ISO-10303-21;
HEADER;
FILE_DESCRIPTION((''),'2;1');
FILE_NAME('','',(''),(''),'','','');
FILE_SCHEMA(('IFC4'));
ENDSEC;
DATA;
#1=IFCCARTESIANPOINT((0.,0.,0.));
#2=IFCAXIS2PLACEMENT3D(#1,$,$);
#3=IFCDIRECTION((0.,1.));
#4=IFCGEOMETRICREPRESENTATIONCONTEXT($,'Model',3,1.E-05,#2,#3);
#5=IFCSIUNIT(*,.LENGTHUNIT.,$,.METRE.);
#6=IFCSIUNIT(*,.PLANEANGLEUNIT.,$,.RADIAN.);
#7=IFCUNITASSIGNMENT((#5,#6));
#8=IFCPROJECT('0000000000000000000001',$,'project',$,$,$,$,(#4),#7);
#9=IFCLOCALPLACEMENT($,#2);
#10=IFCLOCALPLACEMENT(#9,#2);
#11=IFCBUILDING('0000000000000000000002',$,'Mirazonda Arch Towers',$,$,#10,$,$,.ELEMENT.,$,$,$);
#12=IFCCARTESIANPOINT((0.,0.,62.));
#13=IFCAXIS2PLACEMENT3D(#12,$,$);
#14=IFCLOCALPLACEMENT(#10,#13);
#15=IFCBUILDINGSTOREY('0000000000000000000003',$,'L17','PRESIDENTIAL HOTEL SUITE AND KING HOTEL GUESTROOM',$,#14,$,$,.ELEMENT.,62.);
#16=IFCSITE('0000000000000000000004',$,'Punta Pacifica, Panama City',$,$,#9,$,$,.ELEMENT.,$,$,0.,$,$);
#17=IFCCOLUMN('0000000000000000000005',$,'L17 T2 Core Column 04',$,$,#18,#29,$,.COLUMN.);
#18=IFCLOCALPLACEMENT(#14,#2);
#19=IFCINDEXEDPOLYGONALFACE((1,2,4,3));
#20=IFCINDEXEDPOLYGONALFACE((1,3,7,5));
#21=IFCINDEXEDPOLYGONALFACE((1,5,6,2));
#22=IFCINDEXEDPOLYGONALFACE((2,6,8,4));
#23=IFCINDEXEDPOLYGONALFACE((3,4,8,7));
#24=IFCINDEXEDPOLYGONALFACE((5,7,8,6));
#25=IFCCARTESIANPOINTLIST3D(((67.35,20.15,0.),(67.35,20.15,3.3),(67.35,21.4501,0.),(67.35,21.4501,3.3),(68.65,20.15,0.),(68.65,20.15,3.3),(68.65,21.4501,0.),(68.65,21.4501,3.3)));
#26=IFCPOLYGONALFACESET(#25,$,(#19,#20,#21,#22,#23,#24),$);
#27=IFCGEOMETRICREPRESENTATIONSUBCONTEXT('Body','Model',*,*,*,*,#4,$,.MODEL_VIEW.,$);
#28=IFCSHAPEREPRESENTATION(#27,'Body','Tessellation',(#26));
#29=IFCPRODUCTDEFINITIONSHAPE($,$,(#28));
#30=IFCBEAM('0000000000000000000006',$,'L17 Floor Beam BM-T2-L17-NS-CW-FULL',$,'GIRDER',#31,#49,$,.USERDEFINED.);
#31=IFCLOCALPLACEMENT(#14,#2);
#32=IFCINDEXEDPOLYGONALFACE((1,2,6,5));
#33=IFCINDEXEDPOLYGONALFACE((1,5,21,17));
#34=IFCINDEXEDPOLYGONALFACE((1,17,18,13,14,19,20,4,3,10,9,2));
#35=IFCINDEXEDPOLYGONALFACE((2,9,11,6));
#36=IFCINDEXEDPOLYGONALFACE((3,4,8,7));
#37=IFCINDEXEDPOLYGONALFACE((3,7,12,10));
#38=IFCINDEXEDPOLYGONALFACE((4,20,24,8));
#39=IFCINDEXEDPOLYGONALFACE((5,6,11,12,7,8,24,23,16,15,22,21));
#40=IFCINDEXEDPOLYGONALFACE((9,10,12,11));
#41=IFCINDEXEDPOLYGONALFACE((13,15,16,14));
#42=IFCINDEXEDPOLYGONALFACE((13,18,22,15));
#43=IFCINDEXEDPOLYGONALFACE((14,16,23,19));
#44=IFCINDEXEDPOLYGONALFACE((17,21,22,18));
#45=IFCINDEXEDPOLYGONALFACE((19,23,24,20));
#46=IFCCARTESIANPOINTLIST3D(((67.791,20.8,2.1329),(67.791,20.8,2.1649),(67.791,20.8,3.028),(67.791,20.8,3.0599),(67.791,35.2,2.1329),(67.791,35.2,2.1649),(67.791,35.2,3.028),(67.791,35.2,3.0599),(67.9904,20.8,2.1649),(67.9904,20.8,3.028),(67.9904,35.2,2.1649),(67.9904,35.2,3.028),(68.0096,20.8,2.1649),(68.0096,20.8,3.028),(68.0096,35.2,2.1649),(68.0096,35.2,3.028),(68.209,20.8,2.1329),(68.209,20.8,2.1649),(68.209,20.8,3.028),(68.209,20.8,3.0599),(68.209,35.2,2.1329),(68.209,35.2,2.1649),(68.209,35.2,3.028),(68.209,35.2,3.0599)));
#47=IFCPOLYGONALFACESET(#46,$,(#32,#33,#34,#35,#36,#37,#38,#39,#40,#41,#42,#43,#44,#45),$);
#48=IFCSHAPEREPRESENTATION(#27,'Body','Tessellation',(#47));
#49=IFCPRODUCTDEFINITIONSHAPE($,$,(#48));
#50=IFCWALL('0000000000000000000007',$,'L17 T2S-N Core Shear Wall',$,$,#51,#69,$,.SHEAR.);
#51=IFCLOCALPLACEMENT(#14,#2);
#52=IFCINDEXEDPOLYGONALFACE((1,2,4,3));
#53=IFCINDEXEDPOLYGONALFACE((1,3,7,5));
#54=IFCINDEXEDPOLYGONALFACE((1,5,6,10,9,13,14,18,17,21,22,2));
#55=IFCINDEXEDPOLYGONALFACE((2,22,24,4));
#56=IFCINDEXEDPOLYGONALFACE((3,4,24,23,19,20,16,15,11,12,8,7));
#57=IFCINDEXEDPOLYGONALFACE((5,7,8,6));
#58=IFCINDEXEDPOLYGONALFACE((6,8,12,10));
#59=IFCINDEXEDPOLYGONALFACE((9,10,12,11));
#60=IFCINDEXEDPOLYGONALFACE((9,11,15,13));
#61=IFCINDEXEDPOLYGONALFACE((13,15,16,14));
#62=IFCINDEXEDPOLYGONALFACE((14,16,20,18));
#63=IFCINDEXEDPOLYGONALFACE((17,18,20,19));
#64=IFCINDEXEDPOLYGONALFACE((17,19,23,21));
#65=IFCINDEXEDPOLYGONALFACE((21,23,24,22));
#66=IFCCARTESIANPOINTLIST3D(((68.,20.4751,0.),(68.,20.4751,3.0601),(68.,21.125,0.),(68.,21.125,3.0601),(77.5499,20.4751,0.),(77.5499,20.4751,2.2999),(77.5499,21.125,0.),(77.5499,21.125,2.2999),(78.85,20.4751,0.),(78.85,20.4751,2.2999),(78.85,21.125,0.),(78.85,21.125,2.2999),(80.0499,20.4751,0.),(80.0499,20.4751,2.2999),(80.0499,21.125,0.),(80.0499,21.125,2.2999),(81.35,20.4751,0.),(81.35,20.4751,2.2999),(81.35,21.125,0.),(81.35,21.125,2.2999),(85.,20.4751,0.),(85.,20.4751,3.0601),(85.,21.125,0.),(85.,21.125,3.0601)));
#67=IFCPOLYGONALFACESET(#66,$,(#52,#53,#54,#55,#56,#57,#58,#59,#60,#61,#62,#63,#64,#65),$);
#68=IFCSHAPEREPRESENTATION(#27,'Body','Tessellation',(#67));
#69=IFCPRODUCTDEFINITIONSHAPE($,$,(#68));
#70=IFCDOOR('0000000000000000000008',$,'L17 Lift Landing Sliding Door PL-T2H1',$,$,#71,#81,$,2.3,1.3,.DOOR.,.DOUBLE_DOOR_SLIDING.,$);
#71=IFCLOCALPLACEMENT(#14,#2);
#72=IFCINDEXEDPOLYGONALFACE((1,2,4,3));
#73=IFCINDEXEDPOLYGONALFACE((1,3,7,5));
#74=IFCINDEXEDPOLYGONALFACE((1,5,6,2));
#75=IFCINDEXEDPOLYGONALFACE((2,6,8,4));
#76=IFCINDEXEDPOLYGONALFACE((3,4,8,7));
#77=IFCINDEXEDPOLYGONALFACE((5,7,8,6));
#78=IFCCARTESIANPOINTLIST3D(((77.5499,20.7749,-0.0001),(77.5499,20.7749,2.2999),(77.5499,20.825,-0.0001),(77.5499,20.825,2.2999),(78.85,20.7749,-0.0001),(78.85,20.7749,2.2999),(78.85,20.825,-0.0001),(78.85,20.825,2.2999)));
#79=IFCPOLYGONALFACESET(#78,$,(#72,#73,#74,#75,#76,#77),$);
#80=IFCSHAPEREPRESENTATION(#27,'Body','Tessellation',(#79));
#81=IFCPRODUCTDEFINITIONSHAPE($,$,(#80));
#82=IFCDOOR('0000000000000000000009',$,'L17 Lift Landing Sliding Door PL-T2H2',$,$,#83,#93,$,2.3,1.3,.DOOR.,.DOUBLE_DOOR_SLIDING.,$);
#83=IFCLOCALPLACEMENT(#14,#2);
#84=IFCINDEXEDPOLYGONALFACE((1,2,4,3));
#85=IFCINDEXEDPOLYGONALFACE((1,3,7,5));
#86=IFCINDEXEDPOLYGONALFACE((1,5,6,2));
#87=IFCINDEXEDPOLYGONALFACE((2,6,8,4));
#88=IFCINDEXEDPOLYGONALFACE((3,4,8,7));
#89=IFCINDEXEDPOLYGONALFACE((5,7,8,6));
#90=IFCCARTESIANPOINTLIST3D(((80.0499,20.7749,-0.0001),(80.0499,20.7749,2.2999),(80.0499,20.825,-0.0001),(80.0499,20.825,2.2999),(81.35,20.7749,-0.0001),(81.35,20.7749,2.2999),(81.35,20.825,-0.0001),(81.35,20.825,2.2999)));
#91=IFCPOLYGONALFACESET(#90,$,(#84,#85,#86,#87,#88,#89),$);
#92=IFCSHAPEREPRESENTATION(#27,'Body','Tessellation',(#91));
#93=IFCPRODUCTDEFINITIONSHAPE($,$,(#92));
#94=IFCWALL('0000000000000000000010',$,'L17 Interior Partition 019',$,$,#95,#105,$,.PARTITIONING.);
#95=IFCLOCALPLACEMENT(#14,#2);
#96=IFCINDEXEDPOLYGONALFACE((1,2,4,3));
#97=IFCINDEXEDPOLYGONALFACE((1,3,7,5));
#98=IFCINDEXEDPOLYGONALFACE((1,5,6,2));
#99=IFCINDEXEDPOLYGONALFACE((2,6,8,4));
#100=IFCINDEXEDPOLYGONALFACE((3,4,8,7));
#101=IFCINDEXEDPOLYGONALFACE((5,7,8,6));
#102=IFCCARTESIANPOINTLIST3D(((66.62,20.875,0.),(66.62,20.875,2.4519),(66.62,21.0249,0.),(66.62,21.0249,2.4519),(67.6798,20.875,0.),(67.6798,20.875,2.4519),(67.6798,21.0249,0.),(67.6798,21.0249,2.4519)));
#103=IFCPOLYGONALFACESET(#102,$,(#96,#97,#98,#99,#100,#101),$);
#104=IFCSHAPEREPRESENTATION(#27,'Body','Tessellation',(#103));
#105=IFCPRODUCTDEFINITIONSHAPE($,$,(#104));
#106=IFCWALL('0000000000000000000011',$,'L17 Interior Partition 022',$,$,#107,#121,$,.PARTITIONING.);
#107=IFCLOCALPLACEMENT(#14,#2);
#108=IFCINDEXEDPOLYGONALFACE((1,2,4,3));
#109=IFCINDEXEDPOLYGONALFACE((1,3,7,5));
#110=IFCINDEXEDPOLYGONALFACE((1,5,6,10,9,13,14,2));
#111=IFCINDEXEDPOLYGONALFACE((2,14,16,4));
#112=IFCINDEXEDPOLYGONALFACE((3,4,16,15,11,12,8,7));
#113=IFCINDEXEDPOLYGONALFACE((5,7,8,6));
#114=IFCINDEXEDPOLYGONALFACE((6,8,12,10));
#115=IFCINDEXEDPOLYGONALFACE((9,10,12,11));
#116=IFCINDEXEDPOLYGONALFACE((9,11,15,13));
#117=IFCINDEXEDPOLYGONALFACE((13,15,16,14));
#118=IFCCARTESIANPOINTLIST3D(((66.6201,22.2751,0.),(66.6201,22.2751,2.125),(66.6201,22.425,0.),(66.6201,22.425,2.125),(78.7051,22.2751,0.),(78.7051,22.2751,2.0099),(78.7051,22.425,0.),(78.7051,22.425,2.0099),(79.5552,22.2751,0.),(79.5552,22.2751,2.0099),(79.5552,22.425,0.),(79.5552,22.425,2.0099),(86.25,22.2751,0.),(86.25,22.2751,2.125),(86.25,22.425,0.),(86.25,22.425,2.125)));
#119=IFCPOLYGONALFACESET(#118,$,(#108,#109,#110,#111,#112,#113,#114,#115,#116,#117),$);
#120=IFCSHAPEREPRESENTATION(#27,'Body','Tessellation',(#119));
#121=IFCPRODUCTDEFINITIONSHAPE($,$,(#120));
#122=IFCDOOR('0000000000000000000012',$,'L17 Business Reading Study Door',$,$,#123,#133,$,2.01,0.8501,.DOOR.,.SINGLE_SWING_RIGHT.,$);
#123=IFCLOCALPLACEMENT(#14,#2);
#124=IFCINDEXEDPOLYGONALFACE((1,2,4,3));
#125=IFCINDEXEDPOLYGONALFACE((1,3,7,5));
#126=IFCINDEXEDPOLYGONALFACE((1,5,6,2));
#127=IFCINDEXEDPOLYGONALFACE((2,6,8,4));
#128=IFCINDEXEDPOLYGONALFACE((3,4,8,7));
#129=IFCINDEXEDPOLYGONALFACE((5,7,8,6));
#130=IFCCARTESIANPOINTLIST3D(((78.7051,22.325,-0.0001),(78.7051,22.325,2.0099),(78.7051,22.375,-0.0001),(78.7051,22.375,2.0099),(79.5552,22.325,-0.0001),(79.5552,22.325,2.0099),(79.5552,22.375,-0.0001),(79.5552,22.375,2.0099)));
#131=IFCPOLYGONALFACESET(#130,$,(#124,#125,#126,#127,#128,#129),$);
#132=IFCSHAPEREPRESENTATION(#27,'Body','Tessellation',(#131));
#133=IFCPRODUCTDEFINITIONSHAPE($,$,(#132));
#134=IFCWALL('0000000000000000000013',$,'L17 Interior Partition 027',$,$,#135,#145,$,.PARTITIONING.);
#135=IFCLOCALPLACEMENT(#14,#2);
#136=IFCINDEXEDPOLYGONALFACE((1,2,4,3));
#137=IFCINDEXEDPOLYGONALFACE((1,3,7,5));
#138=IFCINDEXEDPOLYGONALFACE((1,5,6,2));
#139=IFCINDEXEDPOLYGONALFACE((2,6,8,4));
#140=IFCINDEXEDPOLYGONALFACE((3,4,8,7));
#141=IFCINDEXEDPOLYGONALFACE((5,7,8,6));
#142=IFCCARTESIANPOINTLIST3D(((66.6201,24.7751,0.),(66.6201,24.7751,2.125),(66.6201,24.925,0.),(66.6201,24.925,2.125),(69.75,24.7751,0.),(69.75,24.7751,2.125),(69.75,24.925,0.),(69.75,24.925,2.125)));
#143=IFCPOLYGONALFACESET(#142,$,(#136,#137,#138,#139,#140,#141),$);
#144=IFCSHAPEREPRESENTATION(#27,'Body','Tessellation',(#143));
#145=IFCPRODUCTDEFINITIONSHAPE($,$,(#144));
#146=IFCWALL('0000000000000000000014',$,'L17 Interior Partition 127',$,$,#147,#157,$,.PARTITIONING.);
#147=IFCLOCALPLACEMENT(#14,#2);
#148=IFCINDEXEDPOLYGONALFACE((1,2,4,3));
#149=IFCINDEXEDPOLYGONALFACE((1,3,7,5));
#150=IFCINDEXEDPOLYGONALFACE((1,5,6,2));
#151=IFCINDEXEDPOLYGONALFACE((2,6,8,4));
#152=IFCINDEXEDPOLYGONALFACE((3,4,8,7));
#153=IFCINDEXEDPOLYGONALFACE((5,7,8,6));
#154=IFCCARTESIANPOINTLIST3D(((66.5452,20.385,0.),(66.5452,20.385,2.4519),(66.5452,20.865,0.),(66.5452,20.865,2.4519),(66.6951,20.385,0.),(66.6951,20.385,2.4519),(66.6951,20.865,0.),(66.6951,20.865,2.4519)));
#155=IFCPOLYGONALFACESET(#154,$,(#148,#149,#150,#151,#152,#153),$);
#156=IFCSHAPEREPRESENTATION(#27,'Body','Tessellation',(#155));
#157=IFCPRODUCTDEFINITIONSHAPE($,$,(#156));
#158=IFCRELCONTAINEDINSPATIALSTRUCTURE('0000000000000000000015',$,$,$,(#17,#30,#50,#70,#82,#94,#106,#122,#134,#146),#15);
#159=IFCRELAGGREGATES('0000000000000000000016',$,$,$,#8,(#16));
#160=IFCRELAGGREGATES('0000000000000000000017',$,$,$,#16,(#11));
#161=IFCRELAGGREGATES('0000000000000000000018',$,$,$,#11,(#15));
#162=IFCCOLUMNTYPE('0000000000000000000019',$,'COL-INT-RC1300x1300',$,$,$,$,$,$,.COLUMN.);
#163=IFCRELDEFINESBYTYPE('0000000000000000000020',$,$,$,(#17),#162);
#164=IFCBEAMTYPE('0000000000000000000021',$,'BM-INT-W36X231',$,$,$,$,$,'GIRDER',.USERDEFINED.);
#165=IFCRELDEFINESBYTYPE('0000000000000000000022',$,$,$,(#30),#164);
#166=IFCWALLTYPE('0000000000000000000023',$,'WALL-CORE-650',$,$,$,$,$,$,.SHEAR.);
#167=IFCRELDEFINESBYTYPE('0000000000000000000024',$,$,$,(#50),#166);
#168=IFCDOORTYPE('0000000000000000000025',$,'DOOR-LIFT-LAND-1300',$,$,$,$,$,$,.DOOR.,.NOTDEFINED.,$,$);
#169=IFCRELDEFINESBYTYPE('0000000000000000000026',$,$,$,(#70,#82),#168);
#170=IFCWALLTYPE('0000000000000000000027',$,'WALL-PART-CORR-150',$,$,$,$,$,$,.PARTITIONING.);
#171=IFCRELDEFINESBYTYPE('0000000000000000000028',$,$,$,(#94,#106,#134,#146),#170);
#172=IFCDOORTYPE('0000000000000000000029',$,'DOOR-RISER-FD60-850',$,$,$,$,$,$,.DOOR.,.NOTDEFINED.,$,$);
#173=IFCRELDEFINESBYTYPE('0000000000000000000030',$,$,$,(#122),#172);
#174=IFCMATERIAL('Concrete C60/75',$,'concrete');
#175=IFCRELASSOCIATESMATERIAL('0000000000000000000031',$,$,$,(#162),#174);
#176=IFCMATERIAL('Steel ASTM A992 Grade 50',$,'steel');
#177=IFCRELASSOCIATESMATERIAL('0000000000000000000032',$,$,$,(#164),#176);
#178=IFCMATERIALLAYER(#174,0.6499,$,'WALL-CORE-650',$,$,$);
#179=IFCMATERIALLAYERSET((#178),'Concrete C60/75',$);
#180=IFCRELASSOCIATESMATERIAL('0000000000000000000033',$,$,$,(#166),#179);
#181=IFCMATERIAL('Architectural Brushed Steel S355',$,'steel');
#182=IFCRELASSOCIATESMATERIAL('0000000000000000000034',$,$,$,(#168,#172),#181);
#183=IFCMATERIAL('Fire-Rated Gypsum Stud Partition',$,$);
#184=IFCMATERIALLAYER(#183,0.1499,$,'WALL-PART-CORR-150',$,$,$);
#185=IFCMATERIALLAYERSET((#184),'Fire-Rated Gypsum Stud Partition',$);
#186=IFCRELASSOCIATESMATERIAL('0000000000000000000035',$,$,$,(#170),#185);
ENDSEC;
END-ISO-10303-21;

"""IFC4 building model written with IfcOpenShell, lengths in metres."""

from ifc_helpers import new_model, si_unit, direction, frame, frame_2d, origin, origin_2d, place, context, subcontext, project, spatial, rectangle, i_section, extrude, material, layer, layer_set, material_profile, profile_set, type_object, element, fill, save


model = new_model("IFC4")

# Units and contexts
model_context = context("Model", 3, precision=1e-05, world=origin(), true_north=direction((0.0, 1.0)))
body_context = subcontext(model_context, "Body", "Model", "MODEL_VIEW")
ifc_project = project(units=[si_unit("LENGTHUNIT", "METRE"), si_unit("PLANEANGLEUNIT", "RADIAN")], contexts=[model_context])

# Site, building, storey
site_placement = place(None, origin())
site = spatial("IfcSite", under=ifc_project, at=site_placement, Name="Punta Pacifica, Panama City", CompositionType="ELEMENT", RefElevation=0.0)
building_placement = place(site_placement, origin())
building = spatial("IfcBuilding", under=site, at=building_placement, Name="Mirazonda Arch Towers", CompositionType="ELEMENT")
storey_placement = place(building_placement, frame((0.0, 0.0, 62.0)))
storey = spatial("IfcBuildingStorey", under=building, at=storey_placement, Name="L17", Description="PRESIDENTIAL HOTEL SUITE AND KING HOTEL GUESTROOM", CompositionType="ELEMENT", Elevation=62.0)

# Column
ifc_material_1 = material(Name="Concrete C60/75", Category="concrete")
ifc_material_profile_1 = material_profile(ifc_material_1, rectangle(XDim=1.3, YDim=1.3, at=origin_2d()), Name="RC1300x1300")
ifc_profile_set_1 = profile_set([ifc_material_profile_1], Name="Concrete C60/75")
column_type = type_object("IfcColumnType", Name="COL-INT-RC1300x1300", PredefinedType="COLUMN", material=ifc_profile_set_1)
column_placement = place(storey_placement, frame((68.0, 20.8, 0.0), z_axis=(0.0, 0.0, 1.0), x_axis=(1.0, 0.0, 0.0)))
element("IfcColumn", 1, at=column_placement, inside=storey, type_object=column_type, Name="L17 T2 Core Column 04", PredefinedType="COLUMN", context=body_context, shape_type="SweptSolid", body=[
    extrude(rectangle(XDim=1.3, YDim=1.3, at=origin_2d()), origin(), (0.0, 0.0, 1.0), 3.3),
])

# Beam
ifc_material_2 = material(Name="Steel ASTM A992 Grade 50", Category="steel")
ifc_material_profile_2 = material_profile(ifc_material_2, i_section(OverallWidth=0.418, OverallDepth=0.927, WebThickness=0.0193, FlangeThickness=0.032, at=origin_2d()), Name="W36X231")
ifc_profile_set_2 = profile_set([ifc_material_profile_2], Name="Steel ASTM A992 Grade 50")
beam_type = type_object("IfcBeamType", Name="BM-INT-W36X231", ElementType="GIRDER", PredefinedType="USERDEFINED", material=ifc_profile_set_2)
beam_placement = place(storey_placement, frame((68.0, 20.8, 2.5964), z_axis=(0.0, 1.0, 0.0), x_axis=(-1.0, 0.0, 0.0)))
element("IfcBeam", 2, at=beam_placement, inside=storey, type_object=beam_type, Name="L17 Floor Beam BM-T2-L17-NS-CW-FULL", ObjectType="GIRDER", PredefinedType="USERDEFINED", context=body_context, shape_type="SweptSolid", body=[
    extrude(i_section(OverallWidth=0.418, OverallDepth=0.927, WebThickness=0.0193, FlangeThickness=0.032, at=origin_2d()), origin(), (0.0, 0.0, 1.0), 14.3999),
])

# Wall, openings, doors
ifc_layer_1 = layer(ifc_material_1, 0.6499, Name="WALL-CORE-650")
ifc_layer_set_1 = layer_set([ifc_layer_1], Name="Concrete C60/75")
wall_type_1 = type_object("IfcWallType", Name="WALL-CORE-650", PredefinedType="SHEAR", material=ifc_layer_set_1)
wall_1_placement = place(storey_placement, frame((68.0, 20.8, 0.0), z_axis=(0.0, 0.0, 1.0), x_axis=(1.0, 0.0, 0.0)))
wall_1 = element("IfcWall", 3, at=wall_1_placement, inside=storey, type_object=wall_type_1, Name="L17 T2S-N Core Shear Wall", PredefinedType="SHEAR", context=body_context, shape_type="SweptSolid", body=[
    extrude(rectangle(XDim=17.0, YDim=0.6499, at=frame_2d((8.5, 0.0))), origin(), (0.0, 0.0, 1.0), 3.0601),
])
opening_1_placement = place(wall_1_placement, frame((9.55, 0.0, 0.0)))
opening_1 = element("IfcOpeningElement", 4, at=opening_1_placement, cuts=wall_1, PredefinedType="OPENING", context=body_context, shape_type="SweptSolid", body=[
    extrude(rectangle(XDim=1.3, YDim=2.3, at=frame_2d((0.6499, 1.1499))), frame((0.0, 0.335, 0.0), z_axis=(0.0, -1.0, 0.0), x_axis=(1.0, 0.0, 0.0)), (0.0, 0.0, 1.0), 0.6699),
])
opening_2_placement = place(wall_1_placement, frame((12.05, 0.0, 0.0)))
opening_2 = element("IfcOpeningElement", 5, at=opening_2_placement, cuts=wall_1, PredefinedType="OPENING", context=body_context, shape_type="SweptSolid", body=[
    extrude(rectangle(XDim=1.3, YDim=2.3, at=frame_2d((0.6499, 1.1499))), frame((0.0, 0.335, 0.0), z_axis=(0.0, -1.0, 0.0), x_axis=(1.0, 0.0, 0.0)), (0.0, 0.0, 1.0), 0.6699),
])
ifc_material_3 = material(Name="Architectural Brushed Steel S355", Category="steel")
door_type_1 = type_object("IfcDoorType", Name="DOOR-LIFT-LAND-1300", OperationType="NOTDEFINED", PredefinedType="DOOR", material=ifc_material_3)
door_1_placement = place(opening_1_placement, origin())
door_1 = element("IfcDoor", 6, at=door_1_placement, inside=storey, type_object=door_type_1, Name="L17 Lift Landing Sliding Door PL-T2H1", OperationType="DOUBLE_DOOR_SLIDING", OverallHeight=2.3, OverallWidth=1.3, PredefinedType="DOOR", context=body_context, shape_type="SweptSolid", body=[
    extrude(rectangle(XDim=1.3, YDim=2.3, at=frame_2d((0.6499, 1.1499))), frame((0.0, 0.0249, 0.0), z_axis=(0.0, -1.0, 0.0), x_axis=(1.0, 0.0, 0.0)), (0.0, 0.0, 1.0), 0.05),
])
fill(opening_1, door_1)
door_2_placement = place(opening_2_placement, origin())
door_2 = element("IfcDoor", 7, at=door_2_placement, inside=storey, type_object=door_type_1, Name="L17 Lift Landing Sliding Door PL-T2H2", OperationType="DOUBLE_DOOR_SLIDING", OverallHeight=2.3, OverallWidth=1.3, PredefinedType="DOOR", context=body_context, shape_type="SweptSolid", body=[
    extrude(rectangle(XDim=1.3, YDim=2.3, at=frame_2d((0.6499, 1.1499))), frame((0.0, 0.0249, 0.0), z_axis=(0.0, -1.0, 0.0), x_axis=(1.0, 0.0, 0.0)), (0.0, 0.0, 1.0), 0.05),
])
fill(opening_2, door_2)

# Wall
ifc_material_4 = material(Name="Fire-Rated Gypsum Stud Partition")
ifc_layer_2 = layer(ifc_material_4, 0.1499, Name="WALL-PART-CORR-150")
ifc_layer_set_2 = layer_set([ifc_layer_2], Name="Fire-Rated Gypsum Stud Partition")
wall_type_2 = type_object("IfcWallType", Name="WALL-PART-CORR-150", PredefinedType="PARTITIONING", material=ifc_layer_set_2)
wall_2_placement = place(storey_placement, frame((66.6201, 20.95, 0.0), z_axis=(0.0, 0.0, 1.0), x_axis=(1.0, 0.0, 0.0)))
element("IfcWall", 8, at=wall_2_placement, inside=storey, type_object=wall_type_2, Name="L17 Interior Partition 019", PredefinedType="PARTITIONING", context=body_context, shape_type="SweptSolid", body=[
    extrude(rectangle(XDim=1.0598, YDim=0.1499, at=frame_2d((0.5298, 0.0))), origin(), (0.0, 0.0, 1.0), 2.4519),
])

# Wall, opening, door
wall_3_placement = place(storey_placement, frame((66.6201, 22.3501, 0.0), z_axis=(0.0, 0.0, 1.0), x_axis=(1.0, 0.0, 0.0)))
wall_3 = element("IfcWall", 9, at=wall_3_placement, inside=storey, type_object=wall_type_2, Name="L17 Interior Partition 022", PredefinedType="PARTITIONING", context=body_context, shape_type="SweptSolid", body=[
    extrude(rectangle(XDim=19.6299, YDim=0.1499, at=frame_2d((9.8149, 0.0))), origin(), (0.0, 0.0, 1.0), 2.125),
])
opening_3_placement = place(wall_3_placement, frame((12.085, 0.0, 0.0)))
opening_3 = element("IfcOpeningElement", 10, at=opening_3_placement, cuts=wall_3, PredefinedType="OPENING", context=body_context, shape_type="SweptSolid", body=[
    extrude(rectangle(XDim=0.8501, YDim=2.01, at=frame_2d((0.425, 1.0049))), frame((0.0, 0.085, 0.0), z_axis=(0.0, -1.0, 0.0), x_axis=(1.0, 0.0, 0.0)), (0.0, 0.0, 1.0), 0.1699),
])
door_type_2 = type_object("IfcDoorType", Name="DOOR-RISER-FD60-850", OperationType="NOTDEFINED", PredefinedType="DOOR", material=ifc_material_3)
door_3_placement = place(opening_3_placement, origin())
door_3 = element("IfcDoor", 11, at=door_3_placement, inside=storey, type_object=door_type_2, Name="L17 Business Reading Study Door", OperationType="SINGLE_SWING_RIGHT", OverallHeight=2.01, OverallWidth=0.8501, PredefinedType="DOOR", context=body_context, shape_type="SweptSolid", body=[
    extrude(rectangle(XDim=0.8501, YDim=2.01, at=frame_2d((0.425, 1.0049))), frame((0.0, 0.0249, 0.0), z_axis=(0.0, -1.0, 0.0), x_axis=(1.0, 0.0, 0.0)), (0.0, 0.0, 1.0), 0.05),
])
fill(opening_3, door_3)

# Walls
wall_4_placement = place(storey_placement, frame((66.6201, 24.8501, 0.0), z_axis=(0.0, 0.0, 1.0), x_axis=(1.0, 0.0, 0.0)))
element("IfcWall", 12, at=wall_4_placement, inside=storey, type_object=wall_type_2, Name="L17 Interior Partition 027", PredefinedType="PARTITIONING", context=body_context, shape_type="SweptSolid", body=[
    extrude(rectangle(XDim=3.1299, YDim=0.1499, at=frame_2d((1.5649, 0.0))), origin(), (0.0, 0.0, 1.0), 2.125),
])
wall_5_placement = place(storey_placement, frame((66.6201, 20.385, 0.0), z_axis=(0.0, 0.0, 1.0), x_axis=(0.0, 1.0, 0.0)))
element("IfcWall", 13, at=wall_5_placement, inside=storey, type_object=wall_type_2, Name="L17 Interior Partition 127", PredefinedType="PARTITIONING", context=body_context, shape_type="SweptSolid", body=[
    extrude(rectangle(XDim=0.48, YDim=0.1499, at=frame_2d((0.24, 0.0))), origin(), (0.0, 0.0, 1.0), 2.4519),
])

save(model, "model.ifc")
